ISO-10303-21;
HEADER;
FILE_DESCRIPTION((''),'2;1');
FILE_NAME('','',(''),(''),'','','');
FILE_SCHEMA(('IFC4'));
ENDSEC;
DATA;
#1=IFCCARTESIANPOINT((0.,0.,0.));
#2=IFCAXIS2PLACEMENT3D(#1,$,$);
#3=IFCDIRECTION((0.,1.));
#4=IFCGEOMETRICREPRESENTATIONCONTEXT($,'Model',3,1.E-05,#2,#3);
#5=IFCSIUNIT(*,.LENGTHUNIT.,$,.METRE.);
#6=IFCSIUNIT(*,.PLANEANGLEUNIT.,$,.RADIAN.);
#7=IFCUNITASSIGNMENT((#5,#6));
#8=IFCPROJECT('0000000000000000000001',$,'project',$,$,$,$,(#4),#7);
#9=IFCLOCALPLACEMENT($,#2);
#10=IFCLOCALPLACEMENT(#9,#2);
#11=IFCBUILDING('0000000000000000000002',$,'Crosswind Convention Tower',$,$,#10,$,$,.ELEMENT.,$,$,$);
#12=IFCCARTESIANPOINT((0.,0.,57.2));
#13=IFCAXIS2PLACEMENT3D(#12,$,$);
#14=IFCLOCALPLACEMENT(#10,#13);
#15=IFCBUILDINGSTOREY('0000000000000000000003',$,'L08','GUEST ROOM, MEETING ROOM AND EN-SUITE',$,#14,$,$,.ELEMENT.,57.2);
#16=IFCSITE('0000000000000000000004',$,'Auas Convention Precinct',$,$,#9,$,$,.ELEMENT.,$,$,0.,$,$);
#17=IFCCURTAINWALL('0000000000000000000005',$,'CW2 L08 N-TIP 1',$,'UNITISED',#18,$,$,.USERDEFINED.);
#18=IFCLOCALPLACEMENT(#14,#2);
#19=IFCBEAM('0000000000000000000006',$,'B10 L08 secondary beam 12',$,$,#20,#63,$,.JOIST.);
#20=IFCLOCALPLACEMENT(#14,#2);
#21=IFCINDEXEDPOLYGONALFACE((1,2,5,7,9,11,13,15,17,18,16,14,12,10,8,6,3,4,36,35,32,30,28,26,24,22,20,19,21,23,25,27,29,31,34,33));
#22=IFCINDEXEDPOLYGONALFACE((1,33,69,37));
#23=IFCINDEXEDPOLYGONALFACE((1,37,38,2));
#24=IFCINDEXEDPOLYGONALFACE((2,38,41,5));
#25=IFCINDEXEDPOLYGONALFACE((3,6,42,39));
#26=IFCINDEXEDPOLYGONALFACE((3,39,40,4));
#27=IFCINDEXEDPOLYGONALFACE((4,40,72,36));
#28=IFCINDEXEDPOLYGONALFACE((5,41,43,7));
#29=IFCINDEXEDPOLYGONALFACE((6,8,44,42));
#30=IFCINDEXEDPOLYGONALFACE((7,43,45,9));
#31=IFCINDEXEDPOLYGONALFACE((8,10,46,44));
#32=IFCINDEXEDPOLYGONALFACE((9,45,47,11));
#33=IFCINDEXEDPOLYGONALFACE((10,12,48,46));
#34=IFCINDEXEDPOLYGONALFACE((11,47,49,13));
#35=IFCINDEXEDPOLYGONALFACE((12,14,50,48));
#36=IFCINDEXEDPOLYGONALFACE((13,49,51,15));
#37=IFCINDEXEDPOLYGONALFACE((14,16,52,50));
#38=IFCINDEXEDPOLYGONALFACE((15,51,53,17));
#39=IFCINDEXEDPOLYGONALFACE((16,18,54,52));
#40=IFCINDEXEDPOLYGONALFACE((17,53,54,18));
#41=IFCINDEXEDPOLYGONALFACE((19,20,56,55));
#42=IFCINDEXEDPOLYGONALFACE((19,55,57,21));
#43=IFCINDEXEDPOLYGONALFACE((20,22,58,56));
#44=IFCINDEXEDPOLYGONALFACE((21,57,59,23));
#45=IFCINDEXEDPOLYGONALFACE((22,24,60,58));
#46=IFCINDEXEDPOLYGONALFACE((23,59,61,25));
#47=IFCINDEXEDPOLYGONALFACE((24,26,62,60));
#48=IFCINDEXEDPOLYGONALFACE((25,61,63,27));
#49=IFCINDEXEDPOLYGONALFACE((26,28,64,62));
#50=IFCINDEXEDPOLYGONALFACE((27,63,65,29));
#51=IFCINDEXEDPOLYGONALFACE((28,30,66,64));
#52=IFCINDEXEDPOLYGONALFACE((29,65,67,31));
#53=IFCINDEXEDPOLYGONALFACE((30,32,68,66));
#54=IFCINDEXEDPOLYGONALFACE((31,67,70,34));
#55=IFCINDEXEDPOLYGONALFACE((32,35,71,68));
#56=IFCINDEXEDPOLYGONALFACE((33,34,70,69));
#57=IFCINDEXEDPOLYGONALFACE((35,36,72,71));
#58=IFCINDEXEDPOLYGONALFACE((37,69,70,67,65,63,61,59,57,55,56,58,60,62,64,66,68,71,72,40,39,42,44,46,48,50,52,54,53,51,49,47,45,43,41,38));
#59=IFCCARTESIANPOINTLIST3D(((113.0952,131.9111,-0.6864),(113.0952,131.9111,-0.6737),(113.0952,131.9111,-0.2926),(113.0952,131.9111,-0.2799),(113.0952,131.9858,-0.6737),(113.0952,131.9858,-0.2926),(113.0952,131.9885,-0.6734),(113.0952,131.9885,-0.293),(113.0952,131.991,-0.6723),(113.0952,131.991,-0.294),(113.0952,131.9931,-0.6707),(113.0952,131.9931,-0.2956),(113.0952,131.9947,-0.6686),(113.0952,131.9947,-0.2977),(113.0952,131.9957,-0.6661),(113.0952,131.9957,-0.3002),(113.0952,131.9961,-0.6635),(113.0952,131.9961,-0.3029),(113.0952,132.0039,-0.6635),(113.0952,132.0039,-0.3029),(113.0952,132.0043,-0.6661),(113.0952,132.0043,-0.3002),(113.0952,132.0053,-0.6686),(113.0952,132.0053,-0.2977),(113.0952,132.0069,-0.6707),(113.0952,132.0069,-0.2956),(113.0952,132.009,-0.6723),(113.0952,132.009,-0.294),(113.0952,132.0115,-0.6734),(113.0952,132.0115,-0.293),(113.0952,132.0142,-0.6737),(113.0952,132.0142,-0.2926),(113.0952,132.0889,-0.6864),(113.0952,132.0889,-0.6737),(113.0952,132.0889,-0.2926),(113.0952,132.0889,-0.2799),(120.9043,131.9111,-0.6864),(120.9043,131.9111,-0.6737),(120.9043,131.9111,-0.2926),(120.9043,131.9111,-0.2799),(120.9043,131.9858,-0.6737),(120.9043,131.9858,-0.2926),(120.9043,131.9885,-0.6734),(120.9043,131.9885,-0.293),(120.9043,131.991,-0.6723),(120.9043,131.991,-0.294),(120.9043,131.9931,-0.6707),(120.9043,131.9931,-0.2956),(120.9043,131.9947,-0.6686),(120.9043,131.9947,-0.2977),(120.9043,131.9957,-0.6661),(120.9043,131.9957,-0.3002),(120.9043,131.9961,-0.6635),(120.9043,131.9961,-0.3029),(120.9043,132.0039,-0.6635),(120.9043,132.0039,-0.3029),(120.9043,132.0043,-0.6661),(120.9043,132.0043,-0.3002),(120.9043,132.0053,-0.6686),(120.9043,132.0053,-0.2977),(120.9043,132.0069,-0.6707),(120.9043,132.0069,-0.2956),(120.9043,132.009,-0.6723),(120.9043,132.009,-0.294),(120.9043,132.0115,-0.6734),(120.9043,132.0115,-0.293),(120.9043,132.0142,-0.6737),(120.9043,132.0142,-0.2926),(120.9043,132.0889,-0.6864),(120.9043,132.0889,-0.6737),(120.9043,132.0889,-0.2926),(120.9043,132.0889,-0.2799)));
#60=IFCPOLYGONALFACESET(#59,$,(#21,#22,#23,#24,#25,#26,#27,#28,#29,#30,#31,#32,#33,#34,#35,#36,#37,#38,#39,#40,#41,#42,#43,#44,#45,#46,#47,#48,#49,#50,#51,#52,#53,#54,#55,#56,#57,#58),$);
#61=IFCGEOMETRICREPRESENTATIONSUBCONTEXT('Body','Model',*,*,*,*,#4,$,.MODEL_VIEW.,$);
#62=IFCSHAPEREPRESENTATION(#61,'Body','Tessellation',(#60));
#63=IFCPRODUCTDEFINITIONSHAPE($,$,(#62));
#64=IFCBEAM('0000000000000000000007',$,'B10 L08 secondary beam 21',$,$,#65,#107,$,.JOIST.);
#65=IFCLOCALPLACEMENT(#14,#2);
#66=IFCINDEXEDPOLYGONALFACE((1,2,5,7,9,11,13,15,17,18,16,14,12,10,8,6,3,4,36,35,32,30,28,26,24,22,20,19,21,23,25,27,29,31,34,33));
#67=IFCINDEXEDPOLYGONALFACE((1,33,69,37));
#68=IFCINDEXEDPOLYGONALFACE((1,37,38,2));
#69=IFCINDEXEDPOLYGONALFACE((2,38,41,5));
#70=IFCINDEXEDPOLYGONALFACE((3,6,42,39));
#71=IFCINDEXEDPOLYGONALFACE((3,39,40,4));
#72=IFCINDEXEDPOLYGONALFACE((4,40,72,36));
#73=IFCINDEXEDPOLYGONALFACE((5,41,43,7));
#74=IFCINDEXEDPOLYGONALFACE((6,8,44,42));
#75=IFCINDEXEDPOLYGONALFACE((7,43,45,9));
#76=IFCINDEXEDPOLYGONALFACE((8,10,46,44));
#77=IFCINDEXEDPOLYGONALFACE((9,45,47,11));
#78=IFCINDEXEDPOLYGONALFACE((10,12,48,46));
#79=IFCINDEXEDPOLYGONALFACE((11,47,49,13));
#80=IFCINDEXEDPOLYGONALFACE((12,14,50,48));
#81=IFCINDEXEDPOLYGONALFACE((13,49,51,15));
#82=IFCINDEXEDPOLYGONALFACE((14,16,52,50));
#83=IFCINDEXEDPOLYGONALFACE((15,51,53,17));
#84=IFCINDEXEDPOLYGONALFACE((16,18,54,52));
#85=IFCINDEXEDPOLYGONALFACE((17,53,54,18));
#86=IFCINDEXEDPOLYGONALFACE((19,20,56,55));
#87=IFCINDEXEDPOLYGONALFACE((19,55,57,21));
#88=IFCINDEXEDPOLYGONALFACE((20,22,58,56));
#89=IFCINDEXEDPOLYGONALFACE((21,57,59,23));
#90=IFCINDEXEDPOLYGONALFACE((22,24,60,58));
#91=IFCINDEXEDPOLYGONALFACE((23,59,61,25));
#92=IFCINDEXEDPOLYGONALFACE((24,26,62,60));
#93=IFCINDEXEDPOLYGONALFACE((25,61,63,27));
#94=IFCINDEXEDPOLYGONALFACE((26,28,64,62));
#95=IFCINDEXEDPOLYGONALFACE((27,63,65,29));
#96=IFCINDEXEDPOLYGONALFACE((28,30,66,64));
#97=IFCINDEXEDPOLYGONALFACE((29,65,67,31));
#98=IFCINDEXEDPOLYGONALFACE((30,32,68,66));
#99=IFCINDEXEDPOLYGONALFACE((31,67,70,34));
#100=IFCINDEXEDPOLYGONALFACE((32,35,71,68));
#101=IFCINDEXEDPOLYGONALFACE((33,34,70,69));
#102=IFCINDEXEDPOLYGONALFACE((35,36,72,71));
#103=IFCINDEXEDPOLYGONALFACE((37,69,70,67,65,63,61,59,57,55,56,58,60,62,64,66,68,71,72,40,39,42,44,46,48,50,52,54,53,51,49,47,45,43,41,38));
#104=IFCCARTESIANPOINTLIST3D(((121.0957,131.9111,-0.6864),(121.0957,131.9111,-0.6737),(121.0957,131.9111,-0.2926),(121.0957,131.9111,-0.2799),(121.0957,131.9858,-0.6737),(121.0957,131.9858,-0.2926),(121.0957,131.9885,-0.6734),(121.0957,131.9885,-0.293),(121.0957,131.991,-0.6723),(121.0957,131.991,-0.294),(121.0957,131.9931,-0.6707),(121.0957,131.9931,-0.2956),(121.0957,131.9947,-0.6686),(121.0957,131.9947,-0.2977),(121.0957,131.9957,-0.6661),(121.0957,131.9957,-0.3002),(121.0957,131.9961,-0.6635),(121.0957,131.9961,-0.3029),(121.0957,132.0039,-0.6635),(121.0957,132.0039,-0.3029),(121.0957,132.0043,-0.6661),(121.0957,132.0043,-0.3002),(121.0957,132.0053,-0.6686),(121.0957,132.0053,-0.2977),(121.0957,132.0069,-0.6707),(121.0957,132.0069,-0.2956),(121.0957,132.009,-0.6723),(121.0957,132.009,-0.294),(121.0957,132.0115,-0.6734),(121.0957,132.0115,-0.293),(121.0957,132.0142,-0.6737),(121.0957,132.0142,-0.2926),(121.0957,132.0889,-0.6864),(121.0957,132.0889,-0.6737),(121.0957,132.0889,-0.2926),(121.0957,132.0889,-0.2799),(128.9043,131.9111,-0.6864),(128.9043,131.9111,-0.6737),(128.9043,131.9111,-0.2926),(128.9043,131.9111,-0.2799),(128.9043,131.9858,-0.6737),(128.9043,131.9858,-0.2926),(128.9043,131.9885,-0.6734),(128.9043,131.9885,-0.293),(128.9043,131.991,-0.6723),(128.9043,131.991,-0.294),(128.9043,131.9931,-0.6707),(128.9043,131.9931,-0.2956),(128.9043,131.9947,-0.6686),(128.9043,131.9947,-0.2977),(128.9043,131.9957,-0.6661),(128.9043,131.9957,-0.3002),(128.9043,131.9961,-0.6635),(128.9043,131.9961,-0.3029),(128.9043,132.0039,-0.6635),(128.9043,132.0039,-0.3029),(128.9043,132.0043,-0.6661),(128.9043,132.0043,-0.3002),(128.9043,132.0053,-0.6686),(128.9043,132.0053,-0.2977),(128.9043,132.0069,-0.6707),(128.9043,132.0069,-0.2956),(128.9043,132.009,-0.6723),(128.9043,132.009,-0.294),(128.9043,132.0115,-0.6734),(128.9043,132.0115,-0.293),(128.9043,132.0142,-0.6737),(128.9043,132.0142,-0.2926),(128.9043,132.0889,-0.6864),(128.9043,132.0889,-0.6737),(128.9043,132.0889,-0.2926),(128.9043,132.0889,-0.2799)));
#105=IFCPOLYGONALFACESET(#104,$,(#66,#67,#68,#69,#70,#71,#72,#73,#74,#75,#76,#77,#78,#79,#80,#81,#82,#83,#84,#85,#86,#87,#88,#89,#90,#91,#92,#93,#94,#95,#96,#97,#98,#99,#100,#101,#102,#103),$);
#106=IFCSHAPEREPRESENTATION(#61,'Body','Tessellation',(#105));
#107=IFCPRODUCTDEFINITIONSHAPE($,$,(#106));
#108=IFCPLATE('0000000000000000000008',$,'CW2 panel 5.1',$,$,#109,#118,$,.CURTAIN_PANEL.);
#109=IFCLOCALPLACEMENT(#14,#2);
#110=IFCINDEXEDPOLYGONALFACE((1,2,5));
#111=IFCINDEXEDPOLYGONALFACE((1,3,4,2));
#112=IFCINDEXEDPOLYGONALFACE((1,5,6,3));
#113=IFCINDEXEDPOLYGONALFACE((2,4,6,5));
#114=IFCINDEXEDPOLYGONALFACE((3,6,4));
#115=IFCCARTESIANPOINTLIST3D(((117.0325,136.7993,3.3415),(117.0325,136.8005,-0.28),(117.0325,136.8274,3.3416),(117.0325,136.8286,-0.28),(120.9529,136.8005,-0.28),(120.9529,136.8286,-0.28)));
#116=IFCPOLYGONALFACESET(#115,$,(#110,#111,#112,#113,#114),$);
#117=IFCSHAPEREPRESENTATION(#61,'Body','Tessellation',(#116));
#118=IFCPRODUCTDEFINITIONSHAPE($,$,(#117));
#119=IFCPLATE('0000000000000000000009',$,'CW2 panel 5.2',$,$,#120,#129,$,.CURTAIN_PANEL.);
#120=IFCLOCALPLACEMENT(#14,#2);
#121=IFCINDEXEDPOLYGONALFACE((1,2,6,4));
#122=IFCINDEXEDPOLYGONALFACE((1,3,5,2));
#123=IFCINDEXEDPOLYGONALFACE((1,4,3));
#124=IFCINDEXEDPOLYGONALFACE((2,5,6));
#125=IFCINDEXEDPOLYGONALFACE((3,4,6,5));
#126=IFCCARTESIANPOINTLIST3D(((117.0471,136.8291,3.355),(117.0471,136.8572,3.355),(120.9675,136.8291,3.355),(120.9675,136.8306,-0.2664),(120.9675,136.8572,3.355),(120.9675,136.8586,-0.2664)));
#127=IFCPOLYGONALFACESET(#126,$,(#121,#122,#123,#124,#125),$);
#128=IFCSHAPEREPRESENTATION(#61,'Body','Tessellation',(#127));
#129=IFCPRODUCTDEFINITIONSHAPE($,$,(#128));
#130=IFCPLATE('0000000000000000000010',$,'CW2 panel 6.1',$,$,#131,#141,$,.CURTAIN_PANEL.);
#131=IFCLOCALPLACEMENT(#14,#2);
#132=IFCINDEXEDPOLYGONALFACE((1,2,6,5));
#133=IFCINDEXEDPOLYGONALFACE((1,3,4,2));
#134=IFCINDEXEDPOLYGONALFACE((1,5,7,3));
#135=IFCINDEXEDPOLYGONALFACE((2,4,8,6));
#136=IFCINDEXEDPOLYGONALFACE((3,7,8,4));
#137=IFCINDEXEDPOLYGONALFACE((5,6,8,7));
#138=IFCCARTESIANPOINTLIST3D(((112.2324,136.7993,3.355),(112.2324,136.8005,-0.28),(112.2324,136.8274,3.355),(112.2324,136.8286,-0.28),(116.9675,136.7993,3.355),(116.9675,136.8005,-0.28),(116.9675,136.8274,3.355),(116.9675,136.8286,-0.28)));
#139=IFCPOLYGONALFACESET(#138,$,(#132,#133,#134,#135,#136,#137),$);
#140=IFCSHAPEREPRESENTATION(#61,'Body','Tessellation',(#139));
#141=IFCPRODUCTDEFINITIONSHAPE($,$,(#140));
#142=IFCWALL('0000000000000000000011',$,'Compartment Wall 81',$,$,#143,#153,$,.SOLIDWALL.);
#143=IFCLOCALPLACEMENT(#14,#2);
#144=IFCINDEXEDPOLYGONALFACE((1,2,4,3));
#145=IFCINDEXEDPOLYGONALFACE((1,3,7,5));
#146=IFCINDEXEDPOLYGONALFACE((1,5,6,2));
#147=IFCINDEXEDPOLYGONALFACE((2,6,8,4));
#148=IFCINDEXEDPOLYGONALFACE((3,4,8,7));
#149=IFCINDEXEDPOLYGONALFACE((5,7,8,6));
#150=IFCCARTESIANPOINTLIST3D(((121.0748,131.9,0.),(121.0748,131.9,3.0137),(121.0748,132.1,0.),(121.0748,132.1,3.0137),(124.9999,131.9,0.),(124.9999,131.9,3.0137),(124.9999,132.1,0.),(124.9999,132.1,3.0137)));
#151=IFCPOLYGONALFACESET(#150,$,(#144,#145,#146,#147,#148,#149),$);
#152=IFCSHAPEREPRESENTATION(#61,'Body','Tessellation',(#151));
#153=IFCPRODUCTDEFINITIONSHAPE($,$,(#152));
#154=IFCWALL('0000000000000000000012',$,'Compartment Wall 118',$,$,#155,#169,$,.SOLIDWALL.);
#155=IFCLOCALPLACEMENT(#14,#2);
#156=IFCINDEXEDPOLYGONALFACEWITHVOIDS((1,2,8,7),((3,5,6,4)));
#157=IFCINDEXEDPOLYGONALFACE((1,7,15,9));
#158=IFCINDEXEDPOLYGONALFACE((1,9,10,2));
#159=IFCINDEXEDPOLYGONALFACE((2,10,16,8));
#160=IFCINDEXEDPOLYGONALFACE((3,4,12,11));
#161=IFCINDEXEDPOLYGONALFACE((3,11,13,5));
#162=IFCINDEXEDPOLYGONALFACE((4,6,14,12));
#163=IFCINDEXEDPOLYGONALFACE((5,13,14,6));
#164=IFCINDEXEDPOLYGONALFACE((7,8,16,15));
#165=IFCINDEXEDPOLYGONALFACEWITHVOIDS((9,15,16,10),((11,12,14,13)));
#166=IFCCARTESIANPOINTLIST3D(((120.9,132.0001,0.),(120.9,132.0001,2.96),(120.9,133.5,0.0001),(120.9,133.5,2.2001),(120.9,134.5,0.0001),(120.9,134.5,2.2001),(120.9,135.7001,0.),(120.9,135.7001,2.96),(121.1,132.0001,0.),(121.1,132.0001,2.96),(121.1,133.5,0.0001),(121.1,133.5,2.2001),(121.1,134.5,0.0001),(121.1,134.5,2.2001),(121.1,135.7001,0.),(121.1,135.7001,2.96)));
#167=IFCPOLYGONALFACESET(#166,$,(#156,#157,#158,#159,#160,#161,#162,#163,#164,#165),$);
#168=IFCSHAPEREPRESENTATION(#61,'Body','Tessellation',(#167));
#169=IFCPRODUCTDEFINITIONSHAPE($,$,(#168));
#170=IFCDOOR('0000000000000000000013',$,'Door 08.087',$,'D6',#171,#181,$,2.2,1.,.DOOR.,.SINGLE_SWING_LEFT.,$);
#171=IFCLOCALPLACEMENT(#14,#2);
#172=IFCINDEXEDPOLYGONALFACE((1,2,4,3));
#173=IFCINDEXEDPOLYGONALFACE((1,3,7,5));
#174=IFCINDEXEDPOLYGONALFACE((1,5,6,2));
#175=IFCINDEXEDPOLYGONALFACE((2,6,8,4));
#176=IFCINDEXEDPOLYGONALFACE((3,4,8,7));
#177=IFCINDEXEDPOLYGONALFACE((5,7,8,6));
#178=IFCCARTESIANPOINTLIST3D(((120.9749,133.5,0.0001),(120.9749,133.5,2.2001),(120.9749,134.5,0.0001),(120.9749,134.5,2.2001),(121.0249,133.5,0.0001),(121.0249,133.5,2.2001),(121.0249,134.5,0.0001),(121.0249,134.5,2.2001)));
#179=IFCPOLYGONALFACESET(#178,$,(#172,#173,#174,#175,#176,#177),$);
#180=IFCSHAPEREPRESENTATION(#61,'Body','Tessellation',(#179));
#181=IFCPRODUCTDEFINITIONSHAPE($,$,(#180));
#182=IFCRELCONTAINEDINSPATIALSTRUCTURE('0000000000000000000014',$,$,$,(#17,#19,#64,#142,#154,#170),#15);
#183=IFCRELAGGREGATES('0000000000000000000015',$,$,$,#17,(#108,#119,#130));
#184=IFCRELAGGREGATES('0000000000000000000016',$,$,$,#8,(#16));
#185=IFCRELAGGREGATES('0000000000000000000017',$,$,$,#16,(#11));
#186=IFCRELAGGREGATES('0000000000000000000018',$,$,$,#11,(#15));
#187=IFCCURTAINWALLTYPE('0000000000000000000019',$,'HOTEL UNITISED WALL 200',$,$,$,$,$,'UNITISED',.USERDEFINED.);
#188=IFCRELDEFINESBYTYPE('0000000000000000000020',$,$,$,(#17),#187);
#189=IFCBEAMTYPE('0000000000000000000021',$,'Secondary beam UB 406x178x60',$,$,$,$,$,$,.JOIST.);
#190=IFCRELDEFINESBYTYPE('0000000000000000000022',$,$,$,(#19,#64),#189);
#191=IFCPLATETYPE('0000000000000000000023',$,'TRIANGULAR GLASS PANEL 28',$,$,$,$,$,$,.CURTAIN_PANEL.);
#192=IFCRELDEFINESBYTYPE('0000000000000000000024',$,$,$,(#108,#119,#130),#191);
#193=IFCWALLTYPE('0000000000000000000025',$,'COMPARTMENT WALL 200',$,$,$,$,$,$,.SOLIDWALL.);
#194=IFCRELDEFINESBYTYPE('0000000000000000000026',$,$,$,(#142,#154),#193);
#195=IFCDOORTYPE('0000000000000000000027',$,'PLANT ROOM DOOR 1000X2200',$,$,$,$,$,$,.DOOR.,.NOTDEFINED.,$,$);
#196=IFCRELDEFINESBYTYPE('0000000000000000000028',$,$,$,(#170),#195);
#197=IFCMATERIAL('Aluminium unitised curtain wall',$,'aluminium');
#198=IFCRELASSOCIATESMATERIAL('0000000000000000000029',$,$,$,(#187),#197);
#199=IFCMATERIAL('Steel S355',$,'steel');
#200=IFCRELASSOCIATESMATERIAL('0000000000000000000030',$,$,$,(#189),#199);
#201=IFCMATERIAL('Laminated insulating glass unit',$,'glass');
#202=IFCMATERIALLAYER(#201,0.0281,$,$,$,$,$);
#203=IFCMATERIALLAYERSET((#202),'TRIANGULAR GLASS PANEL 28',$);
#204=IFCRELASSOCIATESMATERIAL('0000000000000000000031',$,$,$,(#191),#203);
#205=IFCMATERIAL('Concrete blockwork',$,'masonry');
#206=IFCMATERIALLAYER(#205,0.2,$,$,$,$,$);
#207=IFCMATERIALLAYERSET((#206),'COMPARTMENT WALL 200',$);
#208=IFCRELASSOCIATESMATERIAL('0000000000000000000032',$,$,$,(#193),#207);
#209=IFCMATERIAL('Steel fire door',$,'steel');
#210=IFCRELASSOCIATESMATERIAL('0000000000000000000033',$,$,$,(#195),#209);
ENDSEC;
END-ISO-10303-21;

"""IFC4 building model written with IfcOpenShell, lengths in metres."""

from ifc_helpers import new_model, si_unit, direction, frame, frame_2d, origin, origin_2d, place, context, subcontext, project, spatial, polyline, rectangle, i_section, outline, extrude, material, layer, layer_set, material_profile, profile_set, type_object, element, fill, aggregate, save


model = new_model("IFC4")

# Units and contexts
model_context = context("Model", 3, precision=1e-05, world=origin(), true_north=direction((0.0, 1.0)))
body_context = subcontext(model_context, "Body", "Model", "MODEL_VIEW")
ifc_project = project(units=[si_unit("LENGTHUNIT", "METRE"), si_unit("PLANEANGLEUNIT", "RADIAN")], contexts=[model_context])

# Site, building, storey
site_placement = place(None, origin())
site = spatial("IfcSite", under=ifc_project, at=site_placement, Name="Auas Convention Precinct", CompositionType="ELEMENT", RefElevation=0.0)
building_placement = place(site_placement, origin())
building = spatial("IfcBuilding", under=site, at=building_placement, Name="Crosswind Convention Tower", CompositionType="ELEMENT")
storey_placement = place(building_placement, frame((0.0, 0.0, 57.2)))
storey = spatial("IfcBuildingStorey", under=building, at=storey_placement, Name="L08", Description="GUEST ROOM, MEETING ROOM AND EN-SUITE", CompositionType="ELEMENT", Elevation=57.2)

# Shared definitions
ifc_material_1 = material(Name="Steel S355", Category="steel")

# Curtain wall
ifc_material_2 = material(Name="Aluminium unitised curtain wall", Category="aluminium")
curtain_wall_type = type_object("IfcCurtainWallType", Name="HOTEL UNITISED WALL 200", ElementType="UNITISED", PredefinedType="USERDEFINED", material=ifc_material_2)
curtain_wall_placement = place(storey_placement, origin())
curtain_wall = element("IfcCurtainWall", 1, at=curtain_wall_placement, inside=storey, type_object=curtain_wall_type, Name="CW2 L08 N-TIP 1", ObjectType="UNITISED", PredefinedType="USERDEFINED")

# Beams
ifc_material_profile_1 = material_profile(ifc_material_1, i_section(OverallWidth=0.1777, OverallDepth=0.4065, WebThickness=0.0078, FlangeThickness=0.0127, FilletRadius=0.0103, at=origin_2d()), Name="UB 406x178x60")
ifc_profile_set_1 = profile_set([ifc_material_profile_1], Name="Steel S355")
beam_type_1 = type_object("IfcBeamType", Name="Secondary beam UB 406x178x60", PredefinedType="JOIST", material=ifc_profile_set_1)
beam_1_placement = place(storey_placement, frame((113.0952, 132.0, -0.4832), z_axis=(1.0, 0.0, 0.0), x_axis=(0.0, 1.0, 0.0)))
element("IfcBeam", 2, at=beam_1_placement, inside=storey, type_object=beam_type_1, Name="B10 L08 secondary beam 12", PredefinedType="JOIST", context=body_context, shape_type="SweptSolid", body=[
    extrude(i_section(OverallWidth=0.1777, OverallDepth=0.4065, WebThickness=0.0078, FlangeThickness=0.0127, FilletRadius=0.0103, at=origin_2d()), origin(), (0.0, 0.0, 1.0), 7.8091),
])
beam_2_placement = place(storey_placement, frame((121.0957, 132.0, -0.4832), z_axis=(1.0, 0.0, 0.0), x_axis=(0.0, 1.0, 0.0)))
element("IfcBeam", 3, at=beam_2_placement, inside=storey, type_object=beam_type_1, Name="B10 L08 secondary beam 21", PredefinedType="JOIST", context=body_context, shape_type="SweptSolid", body=[
    extrude(i_section(OverallWidth=0.1777, OverallDepth=0.4065, WebThickness=0.0078, FlangeThickness=0.0127, FilletRadius=0.0103, at=origin_2d()), origin(), (0.0, 0.0, 1.0), 7.8086),
])

# Plates
ifc_material_3 = material(Name="Laminated insulating glass unit", Category="glass")
ifc_layer_1 = layer(ifc_material_3, 0.0281)
ifc_layer_set_1 = layer_set([ifc_layer_1], Name="TRIANGULAR GLASS PANEL 28")
plate_type = type_object("IfcPlateType", Name="TRIANGULAR GLASS PANEL 28", PredefinedType="CURTAIN_PANEL", material=ifc_layer_set_1)
plate_1_placement = place(storey_placement, frame((117.0325, 136.8286, -0.28), z_axis=(0.0, 1.0, 0.000337), x_axis=(0.0, -0.000337, 1.0)))
plate_1 = element("IfcPlate", 4, at=plate_1_placement, type_object=plate_type, Name="CW2 panel 5.1", PredefinedType="CURTAIN_PANEL", context=body_context, shape_type="SweptSolid", body=[
    extrude(outline(polyline([(0.0, 0.0), (3.6216, 0.0), (0.0, 3.9204), (0.0, 0.0)])), origin(), (0.0, 0.0, -1.0), 0.0281),
])
plate_2_placement = place(storey_placement, frame((120.9675, 136.8572, 3.355), z_axis=(0.0, 1.0, 0.000405), x_axis=(0.0, 0.000405, -1.0)))
plate_2 = element("IfcPlate", 5, at=plate_2_placement, type_object=plate_type, Name="CW2 panel 5.2", PredefinedType="CURTAIN_PANEL", context=body_context, shape_type="SweptSolid", body=[
    extrude(outline(polyline([(0.0, 0.0), (3.6213, 0.0), (0.0, 3.9204), (0.0, 0.0)])), origin(), (0.0, 0.0, -1.0), 0.0281),
])
plate_3_placement = place(storey_placement, frame((116.9675, 136.8286, -0.28), z_axis=(0.0, 1.0, 0.000336), x_axis=(-1.0, 0.0, 0.0)))
plate_3 = element("IfcPlate", 6, at=plate_3_placement, type_object=plate_type, Name="CW2 panel 6.1", PredefinedType="CURTAIN_PANEL", context=body_context, shape_type="SweptSolid", body=[
    extrude(outline(polyline([(0.0, 0.0), (4.7351, 0.0), (4.7351, 3.635), (0.0, 3.635), (0.0, 0.0)])), origin(), (0.0, 0.0, -1.0), 0.0281),
])
aggregate(curtain_wall, [plate_1, plate_2, plate_3])

# Wall
ifc_material_4 = material(Name="Concrete blockwork", Category="masonry")
ifc_layer_2 = layer(ifc_material_4, 0.2)
ifc_layer_set_2 = layer_set([ifc_layer_2], Name="COMPARTMENT WALL 200")
wall_type_1 = type_object("IfcWallType", Name="COMPARTMENT WALL 200", PredefinedType="SOLIDWALL", material=ifc_layer_set_2)
wall_1_placement = place(storey_placement, frame((121.075, 132.0, 0.0), z_axis=(0.0, 0.0, 1.0), x_axis=(1.0, 0.0, 0.0)))
element("IfcWall", 7, at=wall_1_placement, inside=storey, type_object=wall_type_1, Name="Compartment Wall 81", PredefinedType="SOLIDWALL", context=body_context, shape_type="SweptSolid", body=[
    extrude(rectangle(XDim=3.925, YDim=0.2, at=frame_2d((1.9624, 0.0))), origin(), (0.0, 0.0, 1.0), 3.0137),
])

# Wall, opening, door
wall_2_placement = place(storey_placement, frame((121.0, 132.0, 0.0), z_axis=(0.0, 0.0, 1.0), x_axis=(0.0, 1.0, 0.0)))
wall_2 = element("IfcWall", 8, at=wall_2_placement, inside=storey, type_object=wall_type_1, Name="Compartment Wall 118", PredefinedType="SOLIDWALL", context=body_context, shape_type="SweptSolid", body=[
    extrude(rectangle(XDim=3.7, YDim=0.2, at=frame_2d((1.8501, 0.0))), origin(), (0.0, 0.0, 1.0), 2.96),
])
opening_1_placement = place(wall_2_placement, frame((1.5, 0.0, 0.0)))
opening_1 = element("IfcOpeningElement", 9, at=opening_1_placement, cuts=wall_2, PredefinedType="OPENING", context=body_context, shape_type="SweptSolid", body=[
    extrude(rectangle(XDim=1.0, YDim=2.2, at=frame_2d((0.5, 1.1001))), frame((0.0, 0.1099, 0.0), z_axis=(0.0, -1.0, 0.0), x_axis=(1.0, 0.0, 0.0)), (0.0, 0.0, 1.0), 0.22),
])
ifc_material_5 = material(Name="Steel fire door", Category="steel")
door_type_1 = type_object("IfcDoorType", Name="PLANT ROOM DOOR 1000X2200", OperationType="NOTDEFINED", PredefinedType="DOOR", material=ifc_material_5)
door_1_placement = place(opening_1_placement, frame((1.0, 0.0, 0.0), z_axis=(0.0, 0.0, 1.0), x_axis=(-1.0, 0.0, 0.0)))
door_1 = element("IfcDoor", 10, at=door_1_placement, inside=storey, type_object=door_type_1, Name="Door 08.087", ObjectType="D6", OperationType="SINGLE_SWING_LEFT", OverallHeight=2.2, OverallWidth=1.0, PredefinedType="DOOR", context=body_context, shape_type="SweptSolid", body=[
    extrude(rectangle(XDim=1.0, YDim=2.2, at=frame_2d((0.5, 1.1001))), frame((0.0, 0.0249, 0.0), z_axis=(0.0, -1.0, 0.0), x_axis=(1.0, 0.0, 0.0)), (0.0, 0.0, 1.0), 0.05),
])
fill(opening_1, door_1)

save(model, "model.ifc")
